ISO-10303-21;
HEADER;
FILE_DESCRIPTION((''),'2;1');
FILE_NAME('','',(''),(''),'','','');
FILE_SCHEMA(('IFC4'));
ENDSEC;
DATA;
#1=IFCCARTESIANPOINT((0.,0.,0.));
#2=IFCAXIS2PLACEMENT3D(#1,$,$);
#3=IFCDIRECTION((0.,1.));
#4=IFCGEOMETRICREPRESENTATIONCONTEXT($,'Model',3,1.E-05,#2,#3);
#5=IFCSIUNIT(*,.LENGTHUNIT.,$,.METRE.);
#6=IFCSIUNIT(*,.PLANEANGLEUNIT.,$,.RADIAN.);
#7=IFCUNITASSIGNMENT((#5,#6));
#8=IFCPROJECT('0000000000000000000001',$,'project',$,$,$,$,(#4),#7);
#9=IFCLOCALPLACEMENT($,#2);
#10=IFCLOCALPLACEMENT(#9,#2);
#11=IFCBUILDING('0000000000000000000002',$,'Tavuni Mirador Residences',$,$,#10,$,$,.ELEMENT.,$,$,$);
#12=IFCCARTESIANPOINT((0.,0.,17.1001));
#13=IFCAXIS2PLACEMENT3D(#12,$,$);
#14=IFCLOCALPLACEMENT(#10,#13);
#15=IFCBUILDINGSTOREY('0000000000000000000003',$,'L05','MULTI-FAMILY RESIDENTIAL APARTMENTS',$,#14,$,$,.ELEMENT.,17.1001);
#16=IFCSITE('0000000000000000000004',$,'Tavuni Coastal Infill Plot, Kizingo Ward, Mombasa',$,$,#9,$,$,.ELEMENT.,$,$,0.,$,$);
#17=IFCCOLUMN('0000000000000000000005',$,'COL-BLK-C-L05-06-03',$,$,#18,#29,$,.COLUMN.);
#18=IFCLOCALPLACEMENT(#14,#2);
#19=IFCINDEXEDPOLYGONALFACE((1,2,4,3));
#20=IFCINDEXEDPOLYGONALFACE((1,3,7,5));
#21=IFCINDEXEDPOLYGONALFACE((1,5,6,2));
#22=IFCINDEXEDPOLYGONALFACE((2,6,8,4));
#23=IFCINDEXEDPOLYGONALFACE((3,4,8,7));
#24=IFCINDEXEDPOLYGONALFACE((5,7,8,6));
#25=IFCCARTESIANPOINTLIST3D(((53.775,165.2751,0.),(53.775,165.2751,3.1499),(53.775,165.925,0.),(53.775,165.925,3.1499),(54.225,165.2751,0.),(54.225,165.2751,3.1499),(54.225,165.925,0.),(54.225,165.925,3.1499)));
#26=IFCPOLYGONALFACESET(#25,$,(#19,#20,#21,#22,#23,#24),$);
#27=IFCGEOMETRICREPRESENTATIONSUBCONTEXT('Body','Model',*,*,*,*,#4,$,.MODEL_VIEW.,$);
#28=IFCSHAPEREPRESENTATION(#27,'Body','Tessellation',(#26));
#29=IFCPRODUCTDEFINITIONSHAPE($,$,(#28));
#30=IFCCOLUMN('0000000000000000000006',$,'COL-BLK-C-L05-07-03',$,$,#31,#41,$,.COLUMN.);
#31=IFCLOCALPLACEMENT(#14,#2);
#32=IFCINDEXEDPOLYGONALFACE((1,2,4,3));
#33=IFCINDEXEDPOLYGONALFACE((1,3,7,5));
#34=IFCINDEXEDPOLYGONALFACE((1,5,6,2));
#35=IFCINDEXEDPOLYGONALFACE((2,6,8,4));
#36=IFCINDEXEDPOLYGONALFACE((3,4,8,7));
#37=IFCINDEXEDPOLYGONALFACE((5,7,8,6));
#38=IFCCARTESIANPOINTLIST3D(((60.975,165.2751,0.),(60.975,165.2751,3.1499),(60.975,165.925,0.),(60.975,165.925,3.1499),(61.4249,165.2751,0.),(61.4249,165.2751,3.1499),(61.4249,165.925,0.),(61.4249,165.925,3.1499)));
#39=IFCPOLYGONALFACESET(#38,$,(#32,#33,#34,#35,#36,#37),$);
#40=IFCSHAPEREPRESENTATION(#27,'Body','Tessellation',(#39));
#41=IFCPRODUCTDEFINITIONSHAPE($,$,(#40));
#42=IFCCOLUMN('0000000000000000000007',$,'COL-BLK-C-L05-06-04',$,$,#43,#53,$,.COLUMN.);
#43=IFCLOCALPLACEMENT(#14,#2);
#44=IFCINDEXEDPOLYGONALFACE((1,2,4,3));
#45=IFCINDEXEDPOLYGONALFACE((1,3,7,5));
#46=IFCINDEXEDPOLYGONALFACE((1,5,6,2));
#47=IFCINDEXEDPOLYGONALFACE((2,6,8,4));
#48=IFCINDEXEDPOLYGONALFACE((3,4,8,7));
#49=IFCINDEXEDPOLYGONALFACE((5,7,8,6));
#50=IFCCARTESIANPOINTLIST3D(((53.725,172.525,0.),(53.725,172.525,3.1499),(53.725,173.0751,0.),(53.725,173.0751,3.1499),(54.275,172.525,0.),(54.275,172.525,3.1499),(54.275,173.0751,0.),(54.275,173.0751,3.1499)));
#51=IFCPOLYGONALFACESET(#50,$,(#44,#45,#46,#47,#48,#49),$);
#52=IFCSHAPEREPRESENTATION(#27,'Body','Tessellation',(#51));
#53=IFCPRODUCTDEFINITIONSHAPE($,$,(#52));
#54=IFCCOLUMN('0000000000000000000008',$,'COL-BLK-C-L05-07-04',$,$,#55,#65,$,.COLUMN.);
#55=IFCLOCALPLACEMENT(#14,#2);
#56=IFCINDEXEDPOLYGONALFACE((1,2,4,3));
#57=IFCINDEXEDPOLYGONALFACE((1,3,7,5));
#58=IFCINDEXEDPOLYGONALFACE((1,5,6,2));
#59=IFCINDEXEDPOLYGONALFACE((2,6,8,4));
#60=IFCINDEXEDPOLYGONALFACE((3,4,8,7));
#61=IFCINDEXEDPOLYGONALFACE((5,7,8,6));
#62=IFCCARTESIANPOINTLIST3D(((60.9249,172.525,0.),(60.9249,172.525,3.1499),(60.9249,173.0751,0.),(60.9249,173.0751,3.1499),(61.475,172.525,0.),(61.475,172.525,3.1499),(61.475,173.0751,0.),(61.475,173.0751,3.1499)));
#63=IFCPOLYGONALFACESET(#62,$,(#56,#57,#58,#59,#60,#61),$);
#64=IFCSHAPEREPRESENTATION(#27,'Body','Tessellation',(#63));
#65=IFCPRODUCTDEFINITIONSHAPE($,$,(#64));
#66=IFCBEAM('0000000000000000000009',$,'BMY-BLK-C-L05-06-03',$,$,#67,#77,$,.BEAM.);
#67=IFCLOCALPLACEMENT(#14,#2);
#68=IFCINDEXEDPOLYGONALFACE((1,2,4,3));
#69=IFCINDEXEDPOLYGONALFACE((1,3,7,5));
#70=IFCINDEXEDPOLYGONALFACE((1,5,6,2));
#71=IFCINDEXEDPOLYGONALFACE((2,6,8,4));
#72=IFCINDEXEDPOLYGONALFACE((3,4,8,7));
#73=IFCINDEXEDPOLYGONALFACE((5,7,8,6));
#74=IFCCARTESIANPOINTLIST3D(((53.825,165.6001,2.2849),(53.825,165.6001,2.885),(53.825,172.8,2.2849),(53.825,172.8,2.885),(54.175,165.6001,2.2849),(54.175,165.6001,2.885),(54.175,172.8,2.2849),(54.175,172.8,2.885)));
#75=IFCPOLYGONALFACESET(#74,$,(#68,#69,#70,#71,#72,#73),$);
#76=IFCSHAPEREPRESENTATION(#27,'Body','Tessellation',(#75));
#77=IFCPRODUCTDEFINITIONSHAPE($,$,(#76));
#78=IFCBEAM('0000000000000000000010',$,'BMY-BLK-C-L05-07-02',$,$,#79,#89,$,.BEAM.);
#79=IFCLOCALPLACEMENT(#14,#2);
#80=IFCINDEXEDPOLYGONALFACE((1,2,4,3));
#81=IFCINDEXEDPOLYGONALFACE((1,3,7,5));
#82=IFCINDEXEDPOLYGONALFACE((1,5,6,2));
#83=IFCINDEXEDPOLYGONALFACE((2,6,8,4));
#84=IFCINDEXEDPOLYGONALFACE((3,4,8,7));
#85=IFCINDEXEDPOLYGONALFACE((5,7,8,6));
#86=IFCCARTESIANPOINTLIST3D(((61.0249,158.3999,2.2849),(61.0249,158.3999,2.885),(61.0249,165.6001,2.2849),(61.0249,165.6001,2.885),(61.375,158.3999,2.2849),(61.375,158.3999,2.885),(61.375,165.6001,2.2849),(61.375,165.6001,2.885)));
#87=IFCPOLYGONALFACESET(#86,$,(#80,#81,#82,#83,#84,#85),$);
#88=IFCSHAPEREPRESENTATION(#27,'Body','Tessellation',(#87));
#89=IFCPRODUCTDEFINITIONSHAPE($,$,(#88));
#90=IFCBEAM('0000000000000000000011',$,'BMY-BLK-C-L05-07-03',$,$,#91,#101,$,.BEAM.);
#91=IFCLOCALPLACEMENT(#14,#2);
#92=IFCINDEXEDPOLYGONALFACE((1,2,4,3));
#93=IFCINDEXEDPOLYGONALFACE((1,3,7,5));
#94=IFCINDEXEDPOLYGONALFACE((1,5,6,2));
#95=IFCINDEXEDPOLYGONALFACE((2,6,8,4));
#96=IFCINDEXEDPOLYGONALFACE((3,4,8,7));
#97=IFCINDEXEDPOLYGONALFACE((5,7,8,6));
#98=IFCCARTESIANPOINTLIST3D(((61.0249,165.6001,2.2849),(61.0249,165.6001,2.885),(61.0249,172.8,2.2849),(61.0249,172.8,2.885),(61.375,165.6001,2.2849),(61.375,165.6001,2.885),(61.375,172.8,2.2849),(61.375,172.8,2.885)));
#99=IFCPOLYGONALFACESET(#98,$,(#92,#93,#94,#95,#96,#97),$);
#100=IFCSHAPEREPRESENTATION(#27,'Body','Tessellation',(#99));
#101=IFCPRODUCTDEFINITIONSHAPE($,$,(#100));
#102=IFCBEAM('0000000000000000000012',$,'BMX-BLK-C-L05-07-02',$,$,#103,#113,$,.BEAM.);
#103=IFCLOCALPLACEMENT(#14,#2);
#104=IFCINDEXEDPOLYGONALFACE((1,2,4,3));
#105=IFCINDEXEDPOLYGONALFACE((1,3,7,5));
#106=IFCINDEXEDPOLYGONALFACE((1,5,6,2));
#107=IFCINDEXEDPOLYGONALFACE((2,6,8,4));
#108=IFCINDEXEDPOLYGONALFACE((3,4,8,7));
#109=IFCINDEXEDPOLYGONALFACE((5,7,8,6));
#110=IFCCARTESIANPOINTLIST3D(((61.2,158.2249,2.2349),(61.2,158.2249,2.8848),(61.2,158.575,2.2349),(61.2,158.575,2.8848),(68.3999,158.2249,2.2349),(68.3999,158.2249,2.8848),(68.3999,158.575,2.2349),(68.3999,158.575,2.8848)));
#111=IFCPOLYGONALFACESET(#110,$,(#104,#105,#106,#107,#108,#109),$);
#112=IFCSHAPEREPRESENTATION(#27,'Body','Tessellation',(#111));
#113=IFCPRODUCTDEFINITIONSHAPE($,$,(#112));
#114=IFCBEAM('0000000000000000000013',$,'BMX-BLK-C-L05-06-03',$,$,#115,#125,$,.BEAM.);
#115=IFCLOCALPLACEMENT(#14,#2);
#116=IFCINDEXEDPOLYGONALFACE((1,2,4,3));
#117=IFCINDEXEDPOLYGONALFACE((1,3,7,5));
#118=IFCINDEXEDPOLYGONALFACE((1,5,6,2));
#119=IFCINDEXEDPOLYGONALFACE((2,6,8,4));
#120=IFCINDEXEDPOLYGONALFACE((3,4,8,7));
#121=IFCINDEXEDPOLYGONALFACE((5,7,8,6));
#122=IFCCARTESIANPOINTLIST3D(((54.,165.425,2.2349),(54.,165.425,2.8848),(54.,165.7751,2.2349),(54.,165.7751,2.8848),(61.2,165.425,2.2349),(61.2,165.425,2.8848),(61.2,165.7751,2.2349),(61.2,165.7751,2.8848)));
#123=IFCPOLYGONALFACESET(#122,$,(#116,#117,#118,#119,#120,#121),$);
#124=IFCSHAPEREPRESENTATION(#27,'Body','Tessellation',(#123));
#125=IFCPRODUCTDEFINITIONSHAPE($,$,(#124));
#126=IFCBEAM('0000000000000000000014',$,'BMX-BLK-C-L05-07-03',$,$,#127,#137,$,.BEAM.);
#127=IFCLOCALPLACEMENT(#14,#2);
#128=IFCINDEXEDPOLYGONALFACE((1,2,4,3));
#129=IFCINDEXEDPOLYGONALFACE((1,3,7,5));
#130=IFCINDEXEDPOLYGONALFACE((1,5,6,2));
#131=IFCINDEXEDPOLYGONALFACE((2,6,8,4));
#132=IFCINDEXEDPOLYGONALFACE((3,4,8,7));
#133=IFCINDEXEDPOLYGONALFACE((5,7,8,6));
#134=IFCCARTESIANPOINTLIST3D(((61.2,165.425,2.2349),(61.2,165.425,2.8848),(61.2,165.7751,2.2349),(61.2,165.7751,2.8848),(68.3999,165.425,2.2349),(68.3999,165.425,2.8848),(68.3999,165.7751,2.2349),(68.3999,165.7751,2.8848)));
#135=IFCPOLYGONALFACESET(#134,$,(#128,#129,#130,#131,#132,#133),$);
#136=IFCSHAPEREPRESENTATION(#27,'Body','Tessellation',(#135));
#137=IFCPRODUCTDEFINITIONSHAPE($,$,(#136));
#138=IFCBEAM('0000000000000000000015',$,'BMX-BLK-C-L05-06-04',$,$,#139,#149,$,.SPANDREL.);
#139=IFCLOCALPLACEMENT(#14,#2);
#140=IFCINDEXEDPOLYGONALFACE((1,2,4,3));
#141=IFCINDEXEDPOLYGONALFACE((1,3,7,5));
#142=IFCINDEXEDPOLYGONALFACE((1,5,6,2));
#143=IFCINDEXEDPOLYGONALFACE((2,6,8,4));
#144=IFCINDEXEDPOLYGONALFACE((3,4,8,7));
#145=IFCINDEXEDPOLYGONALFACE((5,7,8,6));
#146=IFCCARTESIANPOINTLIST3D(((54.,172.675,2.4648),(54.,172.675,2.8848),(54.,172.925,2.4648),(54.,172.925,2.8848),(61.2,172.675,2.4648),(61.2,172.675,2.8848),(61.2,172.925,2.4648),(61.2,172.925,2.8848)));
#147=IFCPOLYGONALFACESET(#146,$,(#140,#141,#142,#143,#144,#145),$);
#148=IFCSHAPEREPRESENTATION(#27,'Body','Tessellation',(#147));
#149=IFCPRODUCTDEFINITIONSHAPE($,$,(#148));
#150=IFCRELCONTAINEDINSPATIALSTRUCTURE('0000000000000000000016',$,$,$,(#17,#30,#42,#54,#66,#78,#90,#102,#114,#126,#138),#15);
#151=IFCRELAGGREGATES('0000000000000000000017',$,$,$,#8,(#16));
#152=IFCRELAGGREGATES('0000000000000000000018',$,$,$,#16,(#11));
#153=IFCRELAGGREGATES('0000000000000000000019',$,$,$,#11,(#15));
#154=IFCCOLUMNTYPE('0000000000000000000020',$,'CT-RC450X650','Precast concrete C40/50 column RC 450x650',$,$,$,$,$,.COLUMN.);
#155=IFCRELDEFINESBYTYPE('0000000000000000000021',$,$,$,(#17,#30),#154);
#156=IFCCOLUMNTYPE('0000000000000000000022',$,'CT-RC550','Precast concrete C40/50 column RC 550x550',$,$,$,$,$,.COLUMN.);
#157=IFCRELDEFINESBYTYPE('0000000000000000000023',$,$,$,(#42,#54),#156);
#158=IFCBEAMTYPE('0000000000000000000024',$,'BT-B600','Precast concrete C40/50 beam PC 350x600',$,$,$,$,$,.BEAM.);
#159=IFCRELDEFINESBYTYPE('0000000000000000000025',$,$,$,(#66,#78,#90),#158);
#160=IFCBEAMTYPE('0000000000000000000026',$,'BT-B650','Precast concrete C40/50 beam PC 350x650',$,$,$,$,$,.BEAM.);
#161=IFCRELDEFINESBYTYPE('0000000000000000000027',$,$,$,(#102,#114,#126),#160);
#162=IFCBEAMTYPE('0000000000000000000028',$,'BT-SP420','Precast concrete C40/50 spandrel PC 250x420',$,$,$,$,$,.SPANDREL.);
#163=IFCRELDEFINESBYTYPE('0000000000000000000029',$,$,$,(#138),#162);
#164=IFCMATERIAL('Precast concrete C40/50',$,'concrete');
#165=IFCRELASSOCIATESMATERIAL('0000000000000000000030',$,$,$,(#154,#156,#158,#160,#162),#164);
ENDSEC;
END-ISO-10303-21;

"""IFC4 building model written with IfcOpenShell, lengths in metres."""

from ifc_helpers import new_model, si_unit, direction, frame, origin, origin_2d, place, context, subcontext, project, spatial, rectangle, extrude, material, material_profile, profile_set, type_object, element, save


model = new_model("IFC4")

# Units and contexts
model_context = context("Model", 3, precision=1e-05, world=origin(), true_north=direction((0.0, 1.0)))
body_context = subcontext(model_context, "Body", "Model", "MODEL_VIEW")
ifc_project = project(units=[si_unit("LENGTHUNIT", "METRE"), si_unit("PLANEANGLEUNIT", "RADIAN")], contexts=[model_context])

# Site, building, storey
site_placement = place(None, origin())
site = spatial("IfcSite", under=ifc_project, at=site_placement, Name="Tavuni Coastal Infill Plot, Kizingo Ward, Mombasa", CompositionType="ELEMENT", RefElevation=0.0)
building_placement = place(site_placement, origin())
building = spatial("IfcBuilding", under=site, at=building_placement, Name="Tavuni Mirador Residences", CompositionType="ELEMENT")
storey_placement = place(building_placement, frame((0.0, 0.0, 17.1001)))
storey = spatial("IfcBuildingStorey", under=building, at=storey_placement, Name="L05", Description="MULTI-FAMILY RESIDENTIAL APARTMENTS", CompositionType="ELEMENT", Elevation=17.1001)

# Columns
ifc_material_1 = material(Name="Precast concrete C40/50", Category="concrete")
ifc_material_profile_1 = material_profile(ifc_material_1, rectangle(XDim=0.45, YDim=0.6499, at=origin_2d()), Name="RC 450x650", Category="concrete")
ifc_profile_set_1 = profile_set([ifc_material_profile_1], Name="Precast concrete C40/50")
column_type_1 = type_object("IfcColumnType", Name="CT-RC450X650", Description="Precast concrete C40/50 column RC 450x650", PredefinedType="COLUMN", material=ifc_profile_set_1)
for number, where, z_axis, x_axis, name in (
    (1, (54.0, 165.6001, 0.0), (0.0, 0.0, 1.0), (1.0, 0.0, 0.0), "COL-BLK-C-L05-06-03"),
    (2, (61.2, 165.6001, 0.0), (0.0, 0.0, 1.0), (1.0, 0.0, 0.0), "COL-BLK-C-L05-07-03"),
):
    element("IfcColumn", number, at=place(storey_placement, frame(where, z_axis=z_axis, x_axis=x_axis)), inside=storey, type_object=column_type_1, Name=name, PredefinedType="COLUMN", context=body_context, shape_type="SweptSolid", body=[
        extrude(rectangle(XDim=0.45, YDim=0.6499, at=origin_2d()), origin(), (0.0, 0.0, 1.0), 3.1499),
    ])
ifc_material_profile_2 = material_profile(ifc_material_1, rectangle(XDim=0.55, YDim=0.55, at=origin_2d()), Name="RC 550x550", Category="concrete")
ifc_profile_set_2 = profile_set([ifc_material_profile_2], Name="Precast concrete C40/50")
column_type_2 = type_object("IfcColumnType", Name="CT-RC550", Description="Precast concrete C40/50 column RC 550x550", PredefinedType="COLUMN", material=ifc_profile_set_2)
for number, where, z_axis, x_axis, name in (
    (3, (54.0, 172.8, 0.0), (0.0, 0.0, 1.0), (1.0, 0.0, 0.0), "COL-BLK-C-L05-06-04"),
    (4, (61.2, 172.8, 0.0), (0.0, 0.0, 1.0), (1.0, 0.0, 0.0), "COL-BLK-C-L05-07-04"),
):
    element("IfcColumn", number, at=place(storey_placement, frame(where, z_axis=z_axis, x_axis=x_axis)), inside=storey, type_object=column_type_2, Name=name, PredefinedType="COLUMN", context=body_context, shape_type="SweptSolid", body=[
        extrude(rectangle(XDim=0.55, YDim=0.55, at=origin_2d()), origin(), (0.0, 0.0, 1.0), 3.1499),
    ])

# Beams
ifc_material_profile_3 = material_profile(ifc_material_1, rectangle(XDim=0.3501, YDim=0.6001, at=origin_2d()), Name="PC 350x600", Category="concrete")
ifc_profile_set_3 = profile_set([ifc_material_profile_3], Name="Precast concrete C40/50")
beam_type_1 = type_object("IfcBeamType", Name="BT-B600", Description="Precast concrete C40/50 beam PC 350x600", PredefinedType="BEAM", material=ifc_profile_set_3)
beam_1_placement = place(storey_placement, frame((54.0, 165.6001, 2.585), z_axis=(0.0, 1.0, 0.0), x_axis=(-1.0, 0.0, 0.0)))
element("IfcBeam", 5, at=beam_1_placement, inside=storey, type_object=beam_type_1, Name="BMY-BLK-C-L05-06-03", PredefinedType="BEAM", context=body_context, shape_type="SweptSolid", body=[
    extrude(rectangle(XDim=0.3501, YDim=0.6001, at=origin_2d()), origin(), (0.0, 0.0, 1.0), 7.2),
])
beam_2_placement = place(storey_placement, frame((61.2, 158.3999, 2.585), z_axis=(0.0, 1.0, 0.0), x_axis=(-1.0, 0.0, 0.0)))
element("IfcBeam", 6, at=beam_2_placement, inside=storey, type_object=beam_type_1, Name="BMY-BLK-C-L05-07-02", PredefinedType="BEAM", context=body_context, shape_type="SweptSolid", body=[
    extrude(rectangle(XDim=0.3501, YDim=0.6001, at=origin_2d()), origin(), (0.0, 0.0, 1.0), 7.2002),
])
beam_3_placement = place(storey_placement, frame((61.2, 165.6001, 2.585), z_axis=(0.0, 1.0, 0.0), x_axis=(-1.0, 0.0, 0.0)))
element("IfcBeam", 7, at=beam_3_placement, inside=storey, type_object=beam_type_1, Name="BMY-BLK-C-L05-07-03", PredefinedType="BEAM", context=body_context, shape_type="SweptSolid", body=[
    extrude(rectangle(XDim=0.3501, YDim=0.6001, at=origin_2d()), origin(), (0.0, 0.0, 1.0), 7.2),
])
ifc_material_profile_4 = material_profile(ifc_material_1, rectangle(XDim=0.3501, YDim=0.6499, at=origin_2d()), Name="PC 350x650", Category="concrete")
ifc_profile_set_4 = profile_set([ifc_material_profile_4], Name="Precast concrete C40/50")
beam_type_2 = type_object("IfcBeamType", Name="BT-B650", Description="Precast concrete C40/50 beam PC 350x650", PredefinedType="BEAM", material=ifc_profile_set_4)
for number, where, z_axis, x_axis, name in (
    (8, (61.2, 158.3999, 2.5598), (1.0, 0.0, 0.0), (0.0, 1.0, 0.0), "BMX-BLK-C-L05-07-02"),
    (9, (54.0, 165.6001, 2.5598), (1.0, 0.0, 0.0), (0.0, 1.0, 0.0), "BMX-BLK-C-L05-06-03"),
    (10, (61.2, 165.6001, 2.5598), (1.0, 0.0, 0.0), (0.0, 1.0, 0.0), "BMX-BLK-C-L05-07-03"),
):
    element("IfcBeam", number, at=place(storey_placement, frame(where, z_axis=z_axis, x_axis=x_axis)), inside=storey, type_object=beam_type_2, Name=name, PredefinedType="BEAM", context=body_context, shape_type="SweptSolid", body=[
        extrude(rectangle(XDim=0.3501, YDim=0.6499, at=origin_2d()), origin(), (0.0, 0.0, 1.0), 7.2),
    ])
ifc_material_profile_5 = material_profile(ifc_material_1, rectangle(XDim=0.25, YDim=0.4199, at=origin_2d()), Name="PC 250x420", Category="concrete")
ifc_profile_set_5 = profile_set([ifc_material_profile_5], Name="Precast concrete C40/50")
beam_type_3 = type_object("IfcBeamType", Name="BT-SP420", Description="Precast concrete C40/50 spandrel PC 250x420", PredefinedType="SPANDREL", material=ifc_profile_set_5)
beam_4_placement = place(storey_placement, frame((54.0, 172.8, 2.6748), z_axis=(1.0, 0.0, 0.0), x_axis=(0.0, 1.0, 0.0)))
element("IfcBeam", 11, at=beam_4_placement, inside=storey, type_object=beam_type_3, Name="BMX-BLK-C-L05-06-04", PredefinedType="SPANDREL", context=body_context, shape_type="SweptSolid", body=[
    extrude(rectangle(XDim=0.25, YDim=0.4199, at=origin_2d()), origin(), (0.0, 0.0, 1.0), 7.2),
])

save(model, "model.ifc")
